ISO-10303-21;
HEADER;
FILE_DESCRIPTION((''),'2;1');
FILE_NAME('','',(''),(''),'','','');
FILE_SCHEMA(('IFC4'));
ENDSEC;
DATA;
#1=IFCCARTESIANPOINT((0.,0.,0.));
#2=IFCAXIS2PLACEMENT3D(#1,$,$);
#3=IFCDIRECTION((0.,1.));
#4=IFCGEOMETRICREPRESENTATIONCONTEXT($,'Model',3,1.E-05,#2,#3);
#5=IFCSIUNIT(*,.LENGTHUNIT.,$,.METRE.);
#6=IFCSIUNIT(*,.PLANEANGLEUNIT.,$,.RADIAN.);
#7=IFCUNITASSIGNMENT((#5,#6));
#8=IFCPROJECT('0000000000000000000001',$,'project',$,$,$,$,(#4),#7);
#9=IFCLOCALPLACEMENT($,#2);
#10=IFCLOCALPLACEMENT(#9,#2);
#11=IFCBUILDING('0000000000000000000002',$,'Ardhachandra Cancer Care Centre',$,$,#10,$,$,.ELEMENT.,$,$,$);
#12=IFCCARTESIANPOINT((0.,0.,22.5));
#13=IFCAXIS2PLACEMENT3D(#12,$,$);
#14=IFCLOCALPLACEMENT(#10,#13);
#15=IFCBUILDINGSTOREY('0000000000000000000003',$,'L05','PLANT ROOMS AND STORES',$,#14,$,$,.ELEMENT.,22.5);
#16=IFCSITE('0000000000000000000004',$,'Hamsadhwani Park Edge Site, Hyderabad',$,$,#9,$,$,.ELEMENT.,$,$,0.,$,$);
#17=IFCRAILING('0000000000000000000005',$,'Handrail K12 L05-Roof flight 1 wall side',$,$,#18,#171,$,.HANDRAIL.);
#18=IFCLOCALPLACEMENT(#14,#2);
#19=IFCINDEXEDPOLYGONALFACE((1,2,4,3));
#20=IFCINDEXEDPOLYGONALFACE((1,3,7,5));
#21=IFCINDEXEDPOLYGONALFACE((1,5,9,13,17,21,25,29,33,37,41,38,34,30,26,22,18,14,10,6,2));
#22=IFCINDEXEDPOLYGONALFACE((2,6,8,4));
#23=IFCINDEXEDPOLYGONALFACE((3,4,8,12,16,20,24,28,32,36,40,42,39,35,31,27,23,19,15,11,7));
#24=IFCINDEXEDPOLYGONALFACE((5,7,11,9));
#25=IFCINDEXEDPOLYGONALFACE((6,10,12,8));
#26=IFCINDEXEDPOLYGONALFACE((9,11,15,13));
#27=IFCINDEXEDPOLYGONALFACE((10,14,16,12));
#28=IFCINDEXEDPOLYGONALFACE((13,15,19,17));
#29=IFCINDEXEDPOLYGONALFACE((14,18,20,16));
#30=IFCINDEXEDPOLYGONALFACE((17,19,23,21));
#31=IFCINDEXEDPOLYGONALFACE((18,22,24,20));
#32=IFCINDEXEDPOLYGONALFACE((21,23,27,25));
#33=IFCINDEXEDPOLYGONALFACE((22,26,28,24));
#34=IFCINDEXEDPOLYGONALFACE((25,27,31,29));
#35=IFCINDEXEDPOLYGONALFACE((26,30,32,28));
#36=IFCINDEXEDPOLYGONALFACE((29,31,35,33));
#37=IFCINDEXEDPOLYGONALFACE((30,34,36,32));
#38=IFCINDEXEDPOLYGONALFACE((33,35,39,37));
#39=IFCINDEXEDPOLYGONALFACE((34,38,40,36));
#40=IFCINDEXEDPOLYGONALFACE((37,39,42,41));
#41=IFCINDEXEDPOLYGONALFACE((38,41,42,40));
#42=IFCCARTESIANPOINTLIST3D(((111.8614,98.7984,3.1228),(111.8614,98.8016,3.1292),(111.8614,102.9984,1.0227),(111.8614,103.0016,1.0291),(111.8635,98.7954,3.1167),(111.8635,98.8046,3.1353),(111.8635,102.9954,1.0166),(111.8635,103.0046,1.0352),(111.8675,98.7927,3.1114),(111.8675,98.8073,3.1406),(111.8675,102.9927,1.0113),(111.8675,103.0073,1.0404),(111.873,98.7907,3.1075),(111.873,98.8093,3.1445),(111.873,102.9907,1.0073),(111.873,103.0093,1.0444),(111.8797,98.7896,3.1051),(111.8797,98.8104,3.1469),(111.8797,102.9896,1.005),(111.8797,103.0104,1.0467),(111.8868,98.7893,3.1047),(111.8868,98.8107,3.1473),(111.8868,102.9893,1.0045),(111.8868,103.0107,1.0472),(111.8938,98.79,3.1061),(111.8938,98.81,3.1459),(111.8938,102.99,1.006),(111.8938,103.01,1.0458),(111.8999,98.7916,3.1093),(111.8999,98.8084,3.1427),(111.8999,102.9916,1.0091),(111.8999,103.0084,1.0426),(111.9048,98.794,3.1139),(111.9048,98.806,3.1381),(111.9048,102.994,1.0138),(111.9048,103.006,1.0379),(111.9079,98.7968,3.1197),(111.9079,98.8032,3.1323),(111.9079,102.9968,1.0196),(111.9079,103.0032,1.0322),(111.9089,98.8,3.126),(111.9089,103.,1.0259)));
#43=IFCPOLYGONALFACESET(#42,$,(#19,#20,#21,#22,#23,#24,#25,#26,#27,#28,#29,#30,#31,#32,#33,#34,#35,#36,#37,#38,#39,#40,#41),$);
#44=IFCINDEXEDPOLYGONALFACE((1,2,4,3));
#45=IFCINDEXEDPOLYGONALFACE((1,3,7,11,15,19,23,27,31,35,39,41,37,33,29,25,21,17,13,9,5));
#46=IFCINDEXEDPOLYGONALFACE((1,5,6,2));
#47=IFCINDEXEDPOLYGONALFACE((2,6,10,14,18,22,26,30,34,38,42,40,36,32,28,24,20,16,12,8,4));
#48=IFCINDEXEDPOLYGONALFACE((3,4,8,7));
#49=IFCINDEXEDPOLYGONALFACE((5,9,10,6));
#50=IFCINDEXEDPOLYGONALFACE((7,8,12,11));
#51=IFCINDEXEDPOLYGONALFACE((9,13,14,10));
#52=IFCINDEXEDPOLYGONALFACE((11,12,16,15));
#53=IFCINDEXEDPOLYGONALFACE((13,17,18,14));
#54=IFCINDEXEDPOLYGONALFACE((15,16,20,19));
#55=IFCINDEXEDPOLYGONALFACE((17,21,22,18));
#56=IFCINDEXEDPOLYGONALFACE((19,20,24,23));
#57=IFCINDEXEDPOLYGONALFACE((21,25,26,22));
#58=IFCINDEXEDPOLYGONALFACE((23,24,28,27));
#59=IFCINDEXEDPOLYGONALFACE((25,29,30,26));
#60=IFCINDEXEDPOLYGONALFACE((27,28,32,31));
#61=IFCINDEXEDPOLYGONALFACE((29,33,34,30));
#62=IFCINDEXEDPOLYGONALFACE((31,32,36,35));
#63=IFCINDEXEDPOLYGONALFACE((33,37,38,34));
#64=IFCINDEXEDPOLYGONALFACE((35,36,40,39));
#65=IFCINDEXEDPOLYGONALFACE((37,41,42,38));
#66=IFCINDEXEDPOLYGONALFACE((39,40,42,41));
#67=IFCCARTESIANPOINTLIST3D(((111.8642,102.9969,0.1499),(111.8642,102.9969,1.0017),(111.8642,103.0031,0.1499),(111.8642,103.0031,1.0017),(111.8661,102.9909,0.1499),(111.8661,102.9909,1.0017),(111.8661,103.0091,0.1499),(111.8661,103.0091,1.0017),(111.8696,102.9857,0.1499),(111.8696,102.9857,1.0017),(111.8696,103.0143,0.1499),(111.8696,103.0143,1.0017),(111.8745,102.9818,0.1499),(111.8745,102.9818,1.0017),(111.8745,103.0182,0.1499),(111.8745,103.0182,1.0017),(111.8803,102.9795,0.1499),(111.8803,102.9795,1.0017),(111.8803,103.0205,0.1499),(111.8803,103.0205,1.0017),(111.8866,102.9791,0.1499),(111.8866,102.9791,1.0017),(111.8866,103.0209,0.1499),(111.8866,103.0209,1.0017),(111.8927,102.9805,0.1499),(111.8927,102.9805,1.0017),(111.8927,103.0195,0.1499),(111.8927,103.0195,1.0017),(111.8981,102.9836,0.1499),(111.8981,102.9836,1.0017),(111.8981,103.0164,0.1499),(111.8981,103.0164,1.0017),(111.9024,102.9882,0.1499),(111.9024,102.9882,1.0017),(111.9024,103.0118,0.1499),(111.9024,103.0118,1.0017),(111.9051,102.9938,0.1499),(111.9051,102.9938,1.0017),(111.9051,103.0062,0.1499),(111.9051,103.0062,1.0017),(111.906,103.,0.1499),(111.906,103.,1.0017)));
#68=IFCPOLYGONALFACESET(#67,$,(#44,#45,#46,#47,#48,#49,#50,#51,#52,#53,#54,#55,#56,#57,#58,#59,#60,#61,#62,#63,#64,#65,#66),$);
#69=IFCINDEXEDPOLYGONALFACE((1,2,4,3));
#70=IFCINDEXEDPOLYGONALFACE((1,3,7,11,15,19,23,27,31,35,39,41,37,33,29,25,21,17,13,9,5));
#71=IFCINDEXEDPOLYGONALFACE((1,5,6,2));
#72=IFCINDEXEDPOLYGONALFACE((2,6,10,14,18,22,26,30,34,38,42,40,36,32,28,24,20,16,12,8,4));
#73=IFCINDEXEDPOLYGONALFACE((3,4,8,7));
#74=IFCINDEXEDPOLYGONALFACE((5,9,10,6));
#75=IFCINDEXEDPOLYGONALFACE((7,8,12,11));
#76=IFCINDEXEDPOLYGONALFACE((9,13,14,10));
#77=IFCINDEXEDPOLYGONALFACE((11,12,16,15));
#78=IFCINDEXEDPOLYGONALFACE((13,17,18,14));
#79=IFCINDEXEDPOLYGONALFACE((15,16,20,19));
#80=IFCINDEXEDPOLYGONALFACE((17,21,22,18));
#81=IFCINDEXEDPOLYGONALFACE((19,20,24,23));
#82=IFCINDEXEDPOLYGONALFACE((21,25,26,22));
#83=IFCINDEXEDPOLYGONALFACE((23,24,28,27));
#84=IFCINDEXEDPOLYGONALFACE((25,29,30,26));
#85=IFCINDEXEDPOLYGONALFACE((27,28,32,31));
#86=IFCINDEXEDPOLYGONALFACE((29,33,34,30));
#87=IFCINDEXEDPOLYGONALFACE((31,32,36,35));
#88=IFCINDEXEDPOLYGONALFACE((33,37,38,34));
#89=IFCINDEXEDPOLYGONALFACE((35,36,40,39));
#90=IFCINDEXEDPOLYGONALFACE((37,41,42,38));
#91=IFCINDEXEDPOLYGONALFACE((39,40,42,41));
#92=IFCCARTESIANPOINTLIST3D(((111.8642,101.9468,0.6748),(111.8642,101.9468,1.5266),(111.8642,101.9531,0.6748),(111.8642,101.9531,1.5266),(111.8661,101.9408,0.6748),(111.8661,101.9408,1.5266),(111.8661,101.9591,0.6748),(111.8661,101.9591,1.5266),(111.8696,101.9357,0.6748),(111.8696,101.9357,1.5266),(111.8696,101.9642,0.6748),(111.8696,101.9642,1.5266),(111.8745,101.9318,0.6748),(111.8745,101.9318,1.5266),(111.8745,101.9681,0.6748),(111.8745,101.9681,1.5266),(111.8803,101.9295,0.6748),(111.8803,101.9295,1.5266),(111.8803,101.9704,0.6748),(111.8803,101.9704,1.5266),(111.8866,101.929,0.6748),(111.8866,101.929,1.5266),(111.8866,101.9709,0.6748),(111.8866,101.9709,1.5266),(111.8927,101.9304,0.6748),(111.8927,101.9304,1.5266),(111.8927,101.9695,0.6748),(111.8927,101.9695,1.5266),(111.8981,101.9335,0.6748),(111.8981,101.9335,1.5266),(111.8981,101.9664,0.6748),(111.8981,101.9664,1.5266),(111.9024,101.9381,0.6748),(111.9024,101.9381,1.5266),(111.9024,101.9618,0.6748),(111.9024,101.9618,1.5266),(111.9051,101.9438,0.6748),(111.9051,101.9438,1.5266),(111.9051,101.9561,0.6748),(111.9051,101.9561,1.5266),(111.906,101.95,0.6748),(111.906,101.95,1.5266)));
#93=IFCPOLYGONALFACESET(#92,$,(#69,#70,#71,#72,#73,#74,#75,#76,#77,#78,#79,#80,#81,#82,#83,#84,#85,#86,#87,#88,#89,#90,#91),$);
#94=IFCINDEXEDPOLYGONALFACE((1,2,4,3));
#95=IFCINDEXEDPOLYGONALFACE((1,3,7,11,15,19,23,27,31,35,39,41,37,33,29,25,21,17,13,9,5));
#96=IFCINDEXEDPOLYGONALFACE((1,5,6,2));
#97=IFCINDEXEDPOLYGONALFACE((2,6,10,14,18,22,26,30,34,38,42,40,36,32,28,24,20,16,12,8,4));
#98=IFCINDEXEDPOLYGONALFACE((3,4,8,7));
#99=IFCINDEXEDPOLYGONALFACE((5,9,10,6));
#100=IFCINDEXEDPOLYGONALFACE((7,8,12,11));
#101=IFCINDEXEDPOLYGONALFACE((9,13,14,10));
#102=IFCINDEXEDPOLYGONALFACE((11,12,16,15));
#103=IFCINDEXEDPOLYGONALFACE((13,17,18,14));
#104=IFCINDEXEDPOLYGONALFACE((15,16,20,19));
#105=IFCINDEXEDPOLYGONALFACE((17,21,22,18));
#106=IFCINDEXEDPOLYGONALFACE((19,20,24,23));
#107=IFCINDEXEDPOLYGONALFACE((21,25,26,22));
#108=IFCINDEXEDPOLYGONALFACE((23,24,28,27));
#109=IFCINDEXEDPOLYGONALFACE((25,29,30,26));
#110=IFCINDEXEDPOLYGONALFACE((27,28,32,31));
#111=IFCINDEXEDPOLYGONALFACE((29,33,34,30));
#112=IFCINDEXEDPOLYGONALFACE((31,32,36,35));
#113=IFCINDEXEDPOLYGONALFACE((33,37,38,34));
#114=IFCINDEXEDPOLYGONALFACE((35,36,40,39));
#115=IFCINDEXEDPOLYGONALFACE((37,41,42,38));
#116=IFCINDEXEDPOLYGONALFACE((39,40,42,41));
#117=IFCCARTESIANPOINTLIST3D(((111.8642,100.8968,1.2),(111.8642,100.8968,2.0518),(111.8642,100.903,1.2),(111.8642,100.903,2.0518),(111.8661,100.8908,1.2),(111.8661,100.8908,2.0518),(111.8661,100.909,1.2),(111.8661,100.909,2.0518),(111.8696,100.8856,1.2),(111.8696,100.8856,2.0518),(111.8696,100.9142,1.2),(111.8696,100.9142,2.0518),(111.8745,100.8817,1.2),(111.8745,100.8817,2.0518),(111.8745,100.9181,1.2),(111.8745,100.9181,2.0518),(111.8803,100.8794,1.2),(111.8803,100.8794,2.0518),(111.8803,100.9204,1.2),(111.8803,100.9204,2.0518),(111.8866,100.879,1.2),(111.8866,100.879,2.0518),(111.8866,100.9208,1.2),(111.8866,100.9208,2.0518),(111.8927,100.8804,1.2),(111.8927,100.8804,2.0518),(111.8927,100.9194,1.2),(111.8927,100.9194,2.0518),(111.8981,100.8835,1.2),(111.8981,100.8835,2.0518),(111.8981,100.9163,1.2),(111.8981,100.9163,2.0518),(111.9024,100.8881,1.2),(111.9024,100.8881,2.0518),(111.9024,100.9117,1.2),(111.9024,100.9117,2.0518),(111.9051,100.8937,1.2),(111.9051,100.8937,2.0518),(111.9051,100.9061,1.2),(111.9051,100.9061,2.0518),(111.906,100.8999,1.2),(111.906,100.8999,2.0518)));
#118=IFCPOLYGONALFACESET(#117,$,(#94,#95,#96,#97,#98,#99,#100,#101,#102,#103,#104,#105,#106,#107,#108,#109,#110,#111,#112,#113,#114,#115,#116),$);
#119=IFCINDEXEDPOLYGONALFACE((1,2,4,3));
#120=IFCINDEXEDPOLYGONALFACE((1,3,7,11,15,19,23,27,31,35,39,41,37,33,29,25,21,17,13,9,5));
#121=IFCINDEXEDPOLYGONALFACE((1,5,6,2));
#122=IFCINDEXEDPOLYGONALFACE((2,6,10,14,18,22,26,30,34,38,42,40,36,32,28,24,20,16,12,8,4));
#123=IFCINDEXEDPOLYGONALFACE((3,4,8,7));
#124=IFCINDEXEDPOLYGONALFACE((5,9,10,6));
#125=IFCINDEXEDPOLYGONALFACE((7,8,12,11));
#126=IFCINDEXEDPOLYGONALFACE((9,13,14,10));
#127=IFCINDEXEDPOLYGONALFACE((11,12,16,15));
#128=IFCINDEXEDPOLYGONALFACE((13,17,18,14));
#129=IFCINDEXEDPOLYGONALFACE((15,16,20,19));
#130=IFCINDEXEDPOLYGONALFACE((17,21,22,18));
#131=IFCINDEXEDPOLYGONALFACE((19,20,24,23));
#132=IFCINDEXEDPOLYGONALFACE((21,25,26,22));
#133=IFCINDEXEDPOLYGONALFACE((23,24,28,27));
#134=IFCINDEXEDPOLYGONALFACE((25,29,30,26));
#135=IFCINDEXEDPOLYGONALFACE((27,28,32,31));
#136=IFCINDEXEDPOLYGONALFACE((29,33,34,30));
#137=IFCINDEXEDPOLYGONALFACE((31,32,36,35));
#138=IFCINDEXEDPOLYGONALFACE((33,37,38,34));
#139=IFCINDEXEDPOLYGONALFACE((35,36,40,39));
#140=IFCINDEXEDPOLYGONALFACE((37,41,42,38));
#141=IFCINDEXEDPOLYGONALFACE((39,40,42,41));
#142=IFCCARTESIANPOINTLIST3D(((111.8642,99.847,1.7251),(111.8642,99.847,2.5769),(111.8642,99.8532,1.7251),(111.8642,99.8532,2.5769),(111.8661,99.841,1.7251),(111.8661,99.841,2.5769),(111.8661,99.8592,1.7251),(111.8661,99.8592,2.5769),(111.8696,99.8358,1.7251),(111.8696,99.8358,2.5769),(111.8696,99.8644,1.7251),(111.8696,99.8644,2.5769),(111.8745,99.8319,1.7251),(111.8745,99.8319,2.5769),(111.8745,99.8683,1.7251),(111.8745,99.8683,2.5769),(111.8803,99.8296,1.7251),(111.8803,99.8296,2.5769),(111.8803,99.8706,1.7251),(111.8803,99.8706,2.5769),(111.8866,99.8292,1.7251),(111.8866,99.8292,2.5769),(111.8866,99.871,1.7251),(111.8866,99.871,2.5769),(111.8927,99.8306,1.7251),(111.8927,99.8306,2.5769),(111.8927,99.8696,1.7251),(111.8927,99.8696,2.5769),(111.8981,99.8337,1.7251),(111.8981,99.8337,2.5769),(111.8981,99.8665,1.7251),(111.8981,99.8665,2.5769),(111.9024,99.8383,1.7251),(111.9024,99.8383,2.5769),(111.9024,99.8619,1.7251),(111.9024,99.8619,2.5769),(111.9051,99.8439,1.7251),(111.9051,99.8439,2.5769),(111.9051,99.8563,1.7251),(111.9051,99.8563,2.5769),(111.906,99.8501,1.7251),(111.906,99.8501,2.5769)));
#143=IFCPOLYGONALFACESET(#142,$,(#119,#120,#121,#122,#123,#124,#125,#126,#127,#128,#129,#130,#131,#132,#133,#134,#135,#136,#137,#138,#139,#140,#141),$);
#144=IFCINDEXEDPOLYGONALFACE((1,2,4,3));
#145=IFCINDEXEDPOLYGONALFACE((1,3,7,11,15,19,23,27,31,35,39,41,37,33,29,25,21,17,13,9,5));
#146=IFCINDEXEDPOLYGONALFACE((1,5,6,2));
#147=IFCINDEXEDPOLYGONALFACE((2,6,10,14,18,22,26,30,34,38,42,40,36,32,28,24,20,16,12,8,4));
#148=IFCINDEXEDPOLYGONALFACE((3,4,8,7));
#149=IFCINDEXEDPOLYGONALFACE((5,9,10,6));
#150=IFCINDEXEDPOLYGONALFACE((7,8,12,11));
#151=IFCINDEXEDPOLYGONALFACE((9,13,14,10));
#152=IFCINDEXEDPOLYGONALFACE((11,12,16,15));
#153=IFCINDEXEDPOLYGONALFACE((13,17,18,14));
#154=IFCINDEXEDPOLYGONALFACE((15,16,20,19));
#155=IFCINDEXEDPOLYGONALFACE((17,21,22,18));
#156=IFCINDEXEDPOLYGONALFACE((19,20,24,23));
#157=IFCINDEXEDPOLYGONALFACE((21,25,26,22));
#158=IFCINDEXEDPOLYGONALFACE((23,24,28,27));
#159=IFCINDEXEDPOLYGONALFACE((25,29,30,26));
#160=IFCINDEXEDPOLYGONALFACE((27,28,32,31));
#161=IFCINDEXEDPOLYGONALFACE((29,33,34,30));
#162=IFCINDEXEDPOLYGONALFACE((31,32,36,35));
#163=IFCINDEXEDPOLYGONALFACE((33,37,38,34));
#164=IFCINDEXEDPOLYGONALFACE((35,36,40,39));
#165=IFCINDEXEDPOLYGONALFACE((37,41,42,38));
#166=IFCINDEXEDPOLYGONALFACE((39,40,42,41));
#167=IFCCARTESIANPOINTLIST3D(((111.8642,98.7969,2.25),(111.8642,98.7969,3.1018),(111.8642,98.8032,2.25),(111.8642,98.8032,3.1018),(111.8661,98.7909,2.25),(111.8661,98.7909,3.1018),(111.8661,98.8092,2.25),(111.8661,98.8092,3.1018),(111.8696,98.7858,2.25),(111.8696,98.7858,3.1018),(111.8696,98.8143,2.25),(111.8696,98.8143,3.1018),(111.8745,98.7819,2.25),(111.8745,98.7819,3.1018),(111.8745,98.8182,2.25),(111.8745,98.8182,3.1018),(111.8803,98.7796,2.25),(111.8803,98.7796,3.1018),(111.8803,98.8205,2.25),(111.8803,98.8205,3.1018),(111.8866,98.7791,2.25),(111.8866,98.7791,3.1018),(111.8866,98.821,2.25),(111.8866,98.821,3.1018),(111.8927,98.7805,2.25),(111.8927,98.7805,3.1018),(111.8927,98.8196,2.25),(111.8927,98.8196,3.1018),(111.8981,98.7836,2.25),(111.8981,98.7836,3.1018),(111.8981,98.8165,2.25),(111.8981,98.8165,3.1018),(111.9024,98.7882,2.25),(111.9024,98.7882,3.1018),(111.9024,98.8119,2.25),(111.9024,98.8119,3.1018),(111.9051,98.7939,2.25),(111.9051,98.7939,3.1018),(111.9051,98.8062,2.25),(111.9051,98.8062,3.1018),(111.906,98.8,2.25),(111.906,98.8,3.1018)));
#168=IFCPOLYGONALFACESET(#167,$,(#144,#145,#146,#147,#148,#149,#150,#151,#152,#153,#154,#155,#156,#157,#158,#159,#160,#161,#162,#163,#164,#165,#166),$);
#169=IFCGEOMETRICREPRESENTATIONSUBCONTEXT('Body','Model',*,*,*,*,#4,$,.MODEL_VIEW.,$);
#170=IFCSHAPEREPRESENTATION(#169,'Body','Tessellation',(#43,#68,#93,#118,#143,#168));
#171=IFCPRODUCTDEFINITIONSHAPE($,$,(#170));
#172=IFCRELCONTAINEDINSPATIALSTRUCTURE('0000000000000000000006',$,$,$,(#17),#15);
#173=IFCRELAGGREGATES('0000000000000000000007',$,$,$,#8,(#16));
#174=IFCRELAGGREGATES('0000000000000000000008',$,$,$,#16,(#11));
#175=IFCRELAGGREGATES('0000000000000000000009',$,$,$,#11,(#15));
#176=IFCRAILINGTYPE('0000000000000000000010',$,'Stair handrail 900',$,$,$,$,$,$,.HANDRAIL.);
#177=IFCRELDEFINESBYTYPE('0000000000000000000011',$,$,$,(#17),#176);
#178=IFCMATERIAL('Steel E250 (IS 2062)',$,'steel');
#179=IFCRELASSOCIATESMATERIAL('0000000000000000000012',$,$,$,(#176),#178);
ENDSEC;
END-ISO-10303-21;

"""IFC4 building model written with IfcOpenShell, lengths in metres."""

from ifc_helpers import new_model, si_unit, direction, frame, origin, origin_2d, place, context, subcontext, project, spatial, circle, extrude, material, type_object, element, save


model = new_model("IFC4")

# Units and contexts
model_context = context("Model", 3, precision=1e-05, world=origin(), true_north=direction((0.0, 1.0)))
body_context = subcontext(model_context, "Body", "Model", "MODEL_VIEW")
ifc_project = project(units=[si_unit("LENGTHUNIT", "METRE"), si_unit("PLANEANGLEUNIT", "RADIAN")], contexts=[model_context])

# Site, building, storey
site_placement = place(None, origin())
site = spatial("IfcSite", under=ifc_project, at=site_placement, Name="Hamsadhwani Park Edge Site, Hyderabad", CompositionType="ELEMENT", RefElevation=0.0)
building_placement = place(site_placement, origin())
building = spatial("IfcBuilding", under=site, at=building_placement, Name="Ardhachandra Cancer Care Centre", CompositionType="ELEMENT")
storey_placement = place(building_placement, frame((0.0, 0.0, 22.5)))
storey = spatial("IfcBuildingStorey", under=building, at=storey_placement, Name="L05", Description="PLANT ROOMS AND STORES", CompositionType="ELEMENT", Elevation=22.5)

# Railing
ifc_material_1 = material(Name="Steel E250 (IS 2062)", Category="steel")
railing_type_1 = type_object("IfcRailingType", Name="Stair handrail 900", PredefinedType="HANDRAIL", material=ifc_material_1)
railing_1_placement = place(storey_placement, frame((111.885, 103.0, 0.1499)))
element("IfcRailing", 1, at=railing_1_placement, inside=storey, type_object=railing_type_1, Name="Handrail K12 L05-Roof flight 1 wall side", PredefinedType="HANDRAIL", context=body_context, shape_type="SweptSolid", body=[
    extrude(circle(Radius=0.0239, at=origin_2d()), frame((0.0, 0.0, 0.876), z_axis=(0.0, -0.894417, 0.447234), x_axis=(1.0, 0.0, 0.0)), (0.0, 0.0, 1.0), 4.6958),
    extrude(circle(Radius=0.021, at=origin_2d()), origin(), (0.0, 0.0, 1.0), 0.8518),
    extrude(circle(Radius=0.021, at=origin_2d()), frame((0.0, -1.05, 0.5249)), (0.0, 0.0, 1.0), 0.8518),
    extrude(circle(Radius=0.021, at=origin_2d()), frame((0.0, -2.1001, 1.05)), (0.0, 0.0, 1.0), 0.8518),
    extrude(circle(Radius=0.021, at=origin_2d()), frame((0.0, -3.1499, 1.5752)), (0.0, 0.0, 1.0), 0.8518),
    extrude(circle(Radius=0.021, at=origin_2d()), frame((0.0, -4.2, 2.1001)), (0.0, 0.0, 1.0), 0.8518),
])

save(model, "model.ifc")
